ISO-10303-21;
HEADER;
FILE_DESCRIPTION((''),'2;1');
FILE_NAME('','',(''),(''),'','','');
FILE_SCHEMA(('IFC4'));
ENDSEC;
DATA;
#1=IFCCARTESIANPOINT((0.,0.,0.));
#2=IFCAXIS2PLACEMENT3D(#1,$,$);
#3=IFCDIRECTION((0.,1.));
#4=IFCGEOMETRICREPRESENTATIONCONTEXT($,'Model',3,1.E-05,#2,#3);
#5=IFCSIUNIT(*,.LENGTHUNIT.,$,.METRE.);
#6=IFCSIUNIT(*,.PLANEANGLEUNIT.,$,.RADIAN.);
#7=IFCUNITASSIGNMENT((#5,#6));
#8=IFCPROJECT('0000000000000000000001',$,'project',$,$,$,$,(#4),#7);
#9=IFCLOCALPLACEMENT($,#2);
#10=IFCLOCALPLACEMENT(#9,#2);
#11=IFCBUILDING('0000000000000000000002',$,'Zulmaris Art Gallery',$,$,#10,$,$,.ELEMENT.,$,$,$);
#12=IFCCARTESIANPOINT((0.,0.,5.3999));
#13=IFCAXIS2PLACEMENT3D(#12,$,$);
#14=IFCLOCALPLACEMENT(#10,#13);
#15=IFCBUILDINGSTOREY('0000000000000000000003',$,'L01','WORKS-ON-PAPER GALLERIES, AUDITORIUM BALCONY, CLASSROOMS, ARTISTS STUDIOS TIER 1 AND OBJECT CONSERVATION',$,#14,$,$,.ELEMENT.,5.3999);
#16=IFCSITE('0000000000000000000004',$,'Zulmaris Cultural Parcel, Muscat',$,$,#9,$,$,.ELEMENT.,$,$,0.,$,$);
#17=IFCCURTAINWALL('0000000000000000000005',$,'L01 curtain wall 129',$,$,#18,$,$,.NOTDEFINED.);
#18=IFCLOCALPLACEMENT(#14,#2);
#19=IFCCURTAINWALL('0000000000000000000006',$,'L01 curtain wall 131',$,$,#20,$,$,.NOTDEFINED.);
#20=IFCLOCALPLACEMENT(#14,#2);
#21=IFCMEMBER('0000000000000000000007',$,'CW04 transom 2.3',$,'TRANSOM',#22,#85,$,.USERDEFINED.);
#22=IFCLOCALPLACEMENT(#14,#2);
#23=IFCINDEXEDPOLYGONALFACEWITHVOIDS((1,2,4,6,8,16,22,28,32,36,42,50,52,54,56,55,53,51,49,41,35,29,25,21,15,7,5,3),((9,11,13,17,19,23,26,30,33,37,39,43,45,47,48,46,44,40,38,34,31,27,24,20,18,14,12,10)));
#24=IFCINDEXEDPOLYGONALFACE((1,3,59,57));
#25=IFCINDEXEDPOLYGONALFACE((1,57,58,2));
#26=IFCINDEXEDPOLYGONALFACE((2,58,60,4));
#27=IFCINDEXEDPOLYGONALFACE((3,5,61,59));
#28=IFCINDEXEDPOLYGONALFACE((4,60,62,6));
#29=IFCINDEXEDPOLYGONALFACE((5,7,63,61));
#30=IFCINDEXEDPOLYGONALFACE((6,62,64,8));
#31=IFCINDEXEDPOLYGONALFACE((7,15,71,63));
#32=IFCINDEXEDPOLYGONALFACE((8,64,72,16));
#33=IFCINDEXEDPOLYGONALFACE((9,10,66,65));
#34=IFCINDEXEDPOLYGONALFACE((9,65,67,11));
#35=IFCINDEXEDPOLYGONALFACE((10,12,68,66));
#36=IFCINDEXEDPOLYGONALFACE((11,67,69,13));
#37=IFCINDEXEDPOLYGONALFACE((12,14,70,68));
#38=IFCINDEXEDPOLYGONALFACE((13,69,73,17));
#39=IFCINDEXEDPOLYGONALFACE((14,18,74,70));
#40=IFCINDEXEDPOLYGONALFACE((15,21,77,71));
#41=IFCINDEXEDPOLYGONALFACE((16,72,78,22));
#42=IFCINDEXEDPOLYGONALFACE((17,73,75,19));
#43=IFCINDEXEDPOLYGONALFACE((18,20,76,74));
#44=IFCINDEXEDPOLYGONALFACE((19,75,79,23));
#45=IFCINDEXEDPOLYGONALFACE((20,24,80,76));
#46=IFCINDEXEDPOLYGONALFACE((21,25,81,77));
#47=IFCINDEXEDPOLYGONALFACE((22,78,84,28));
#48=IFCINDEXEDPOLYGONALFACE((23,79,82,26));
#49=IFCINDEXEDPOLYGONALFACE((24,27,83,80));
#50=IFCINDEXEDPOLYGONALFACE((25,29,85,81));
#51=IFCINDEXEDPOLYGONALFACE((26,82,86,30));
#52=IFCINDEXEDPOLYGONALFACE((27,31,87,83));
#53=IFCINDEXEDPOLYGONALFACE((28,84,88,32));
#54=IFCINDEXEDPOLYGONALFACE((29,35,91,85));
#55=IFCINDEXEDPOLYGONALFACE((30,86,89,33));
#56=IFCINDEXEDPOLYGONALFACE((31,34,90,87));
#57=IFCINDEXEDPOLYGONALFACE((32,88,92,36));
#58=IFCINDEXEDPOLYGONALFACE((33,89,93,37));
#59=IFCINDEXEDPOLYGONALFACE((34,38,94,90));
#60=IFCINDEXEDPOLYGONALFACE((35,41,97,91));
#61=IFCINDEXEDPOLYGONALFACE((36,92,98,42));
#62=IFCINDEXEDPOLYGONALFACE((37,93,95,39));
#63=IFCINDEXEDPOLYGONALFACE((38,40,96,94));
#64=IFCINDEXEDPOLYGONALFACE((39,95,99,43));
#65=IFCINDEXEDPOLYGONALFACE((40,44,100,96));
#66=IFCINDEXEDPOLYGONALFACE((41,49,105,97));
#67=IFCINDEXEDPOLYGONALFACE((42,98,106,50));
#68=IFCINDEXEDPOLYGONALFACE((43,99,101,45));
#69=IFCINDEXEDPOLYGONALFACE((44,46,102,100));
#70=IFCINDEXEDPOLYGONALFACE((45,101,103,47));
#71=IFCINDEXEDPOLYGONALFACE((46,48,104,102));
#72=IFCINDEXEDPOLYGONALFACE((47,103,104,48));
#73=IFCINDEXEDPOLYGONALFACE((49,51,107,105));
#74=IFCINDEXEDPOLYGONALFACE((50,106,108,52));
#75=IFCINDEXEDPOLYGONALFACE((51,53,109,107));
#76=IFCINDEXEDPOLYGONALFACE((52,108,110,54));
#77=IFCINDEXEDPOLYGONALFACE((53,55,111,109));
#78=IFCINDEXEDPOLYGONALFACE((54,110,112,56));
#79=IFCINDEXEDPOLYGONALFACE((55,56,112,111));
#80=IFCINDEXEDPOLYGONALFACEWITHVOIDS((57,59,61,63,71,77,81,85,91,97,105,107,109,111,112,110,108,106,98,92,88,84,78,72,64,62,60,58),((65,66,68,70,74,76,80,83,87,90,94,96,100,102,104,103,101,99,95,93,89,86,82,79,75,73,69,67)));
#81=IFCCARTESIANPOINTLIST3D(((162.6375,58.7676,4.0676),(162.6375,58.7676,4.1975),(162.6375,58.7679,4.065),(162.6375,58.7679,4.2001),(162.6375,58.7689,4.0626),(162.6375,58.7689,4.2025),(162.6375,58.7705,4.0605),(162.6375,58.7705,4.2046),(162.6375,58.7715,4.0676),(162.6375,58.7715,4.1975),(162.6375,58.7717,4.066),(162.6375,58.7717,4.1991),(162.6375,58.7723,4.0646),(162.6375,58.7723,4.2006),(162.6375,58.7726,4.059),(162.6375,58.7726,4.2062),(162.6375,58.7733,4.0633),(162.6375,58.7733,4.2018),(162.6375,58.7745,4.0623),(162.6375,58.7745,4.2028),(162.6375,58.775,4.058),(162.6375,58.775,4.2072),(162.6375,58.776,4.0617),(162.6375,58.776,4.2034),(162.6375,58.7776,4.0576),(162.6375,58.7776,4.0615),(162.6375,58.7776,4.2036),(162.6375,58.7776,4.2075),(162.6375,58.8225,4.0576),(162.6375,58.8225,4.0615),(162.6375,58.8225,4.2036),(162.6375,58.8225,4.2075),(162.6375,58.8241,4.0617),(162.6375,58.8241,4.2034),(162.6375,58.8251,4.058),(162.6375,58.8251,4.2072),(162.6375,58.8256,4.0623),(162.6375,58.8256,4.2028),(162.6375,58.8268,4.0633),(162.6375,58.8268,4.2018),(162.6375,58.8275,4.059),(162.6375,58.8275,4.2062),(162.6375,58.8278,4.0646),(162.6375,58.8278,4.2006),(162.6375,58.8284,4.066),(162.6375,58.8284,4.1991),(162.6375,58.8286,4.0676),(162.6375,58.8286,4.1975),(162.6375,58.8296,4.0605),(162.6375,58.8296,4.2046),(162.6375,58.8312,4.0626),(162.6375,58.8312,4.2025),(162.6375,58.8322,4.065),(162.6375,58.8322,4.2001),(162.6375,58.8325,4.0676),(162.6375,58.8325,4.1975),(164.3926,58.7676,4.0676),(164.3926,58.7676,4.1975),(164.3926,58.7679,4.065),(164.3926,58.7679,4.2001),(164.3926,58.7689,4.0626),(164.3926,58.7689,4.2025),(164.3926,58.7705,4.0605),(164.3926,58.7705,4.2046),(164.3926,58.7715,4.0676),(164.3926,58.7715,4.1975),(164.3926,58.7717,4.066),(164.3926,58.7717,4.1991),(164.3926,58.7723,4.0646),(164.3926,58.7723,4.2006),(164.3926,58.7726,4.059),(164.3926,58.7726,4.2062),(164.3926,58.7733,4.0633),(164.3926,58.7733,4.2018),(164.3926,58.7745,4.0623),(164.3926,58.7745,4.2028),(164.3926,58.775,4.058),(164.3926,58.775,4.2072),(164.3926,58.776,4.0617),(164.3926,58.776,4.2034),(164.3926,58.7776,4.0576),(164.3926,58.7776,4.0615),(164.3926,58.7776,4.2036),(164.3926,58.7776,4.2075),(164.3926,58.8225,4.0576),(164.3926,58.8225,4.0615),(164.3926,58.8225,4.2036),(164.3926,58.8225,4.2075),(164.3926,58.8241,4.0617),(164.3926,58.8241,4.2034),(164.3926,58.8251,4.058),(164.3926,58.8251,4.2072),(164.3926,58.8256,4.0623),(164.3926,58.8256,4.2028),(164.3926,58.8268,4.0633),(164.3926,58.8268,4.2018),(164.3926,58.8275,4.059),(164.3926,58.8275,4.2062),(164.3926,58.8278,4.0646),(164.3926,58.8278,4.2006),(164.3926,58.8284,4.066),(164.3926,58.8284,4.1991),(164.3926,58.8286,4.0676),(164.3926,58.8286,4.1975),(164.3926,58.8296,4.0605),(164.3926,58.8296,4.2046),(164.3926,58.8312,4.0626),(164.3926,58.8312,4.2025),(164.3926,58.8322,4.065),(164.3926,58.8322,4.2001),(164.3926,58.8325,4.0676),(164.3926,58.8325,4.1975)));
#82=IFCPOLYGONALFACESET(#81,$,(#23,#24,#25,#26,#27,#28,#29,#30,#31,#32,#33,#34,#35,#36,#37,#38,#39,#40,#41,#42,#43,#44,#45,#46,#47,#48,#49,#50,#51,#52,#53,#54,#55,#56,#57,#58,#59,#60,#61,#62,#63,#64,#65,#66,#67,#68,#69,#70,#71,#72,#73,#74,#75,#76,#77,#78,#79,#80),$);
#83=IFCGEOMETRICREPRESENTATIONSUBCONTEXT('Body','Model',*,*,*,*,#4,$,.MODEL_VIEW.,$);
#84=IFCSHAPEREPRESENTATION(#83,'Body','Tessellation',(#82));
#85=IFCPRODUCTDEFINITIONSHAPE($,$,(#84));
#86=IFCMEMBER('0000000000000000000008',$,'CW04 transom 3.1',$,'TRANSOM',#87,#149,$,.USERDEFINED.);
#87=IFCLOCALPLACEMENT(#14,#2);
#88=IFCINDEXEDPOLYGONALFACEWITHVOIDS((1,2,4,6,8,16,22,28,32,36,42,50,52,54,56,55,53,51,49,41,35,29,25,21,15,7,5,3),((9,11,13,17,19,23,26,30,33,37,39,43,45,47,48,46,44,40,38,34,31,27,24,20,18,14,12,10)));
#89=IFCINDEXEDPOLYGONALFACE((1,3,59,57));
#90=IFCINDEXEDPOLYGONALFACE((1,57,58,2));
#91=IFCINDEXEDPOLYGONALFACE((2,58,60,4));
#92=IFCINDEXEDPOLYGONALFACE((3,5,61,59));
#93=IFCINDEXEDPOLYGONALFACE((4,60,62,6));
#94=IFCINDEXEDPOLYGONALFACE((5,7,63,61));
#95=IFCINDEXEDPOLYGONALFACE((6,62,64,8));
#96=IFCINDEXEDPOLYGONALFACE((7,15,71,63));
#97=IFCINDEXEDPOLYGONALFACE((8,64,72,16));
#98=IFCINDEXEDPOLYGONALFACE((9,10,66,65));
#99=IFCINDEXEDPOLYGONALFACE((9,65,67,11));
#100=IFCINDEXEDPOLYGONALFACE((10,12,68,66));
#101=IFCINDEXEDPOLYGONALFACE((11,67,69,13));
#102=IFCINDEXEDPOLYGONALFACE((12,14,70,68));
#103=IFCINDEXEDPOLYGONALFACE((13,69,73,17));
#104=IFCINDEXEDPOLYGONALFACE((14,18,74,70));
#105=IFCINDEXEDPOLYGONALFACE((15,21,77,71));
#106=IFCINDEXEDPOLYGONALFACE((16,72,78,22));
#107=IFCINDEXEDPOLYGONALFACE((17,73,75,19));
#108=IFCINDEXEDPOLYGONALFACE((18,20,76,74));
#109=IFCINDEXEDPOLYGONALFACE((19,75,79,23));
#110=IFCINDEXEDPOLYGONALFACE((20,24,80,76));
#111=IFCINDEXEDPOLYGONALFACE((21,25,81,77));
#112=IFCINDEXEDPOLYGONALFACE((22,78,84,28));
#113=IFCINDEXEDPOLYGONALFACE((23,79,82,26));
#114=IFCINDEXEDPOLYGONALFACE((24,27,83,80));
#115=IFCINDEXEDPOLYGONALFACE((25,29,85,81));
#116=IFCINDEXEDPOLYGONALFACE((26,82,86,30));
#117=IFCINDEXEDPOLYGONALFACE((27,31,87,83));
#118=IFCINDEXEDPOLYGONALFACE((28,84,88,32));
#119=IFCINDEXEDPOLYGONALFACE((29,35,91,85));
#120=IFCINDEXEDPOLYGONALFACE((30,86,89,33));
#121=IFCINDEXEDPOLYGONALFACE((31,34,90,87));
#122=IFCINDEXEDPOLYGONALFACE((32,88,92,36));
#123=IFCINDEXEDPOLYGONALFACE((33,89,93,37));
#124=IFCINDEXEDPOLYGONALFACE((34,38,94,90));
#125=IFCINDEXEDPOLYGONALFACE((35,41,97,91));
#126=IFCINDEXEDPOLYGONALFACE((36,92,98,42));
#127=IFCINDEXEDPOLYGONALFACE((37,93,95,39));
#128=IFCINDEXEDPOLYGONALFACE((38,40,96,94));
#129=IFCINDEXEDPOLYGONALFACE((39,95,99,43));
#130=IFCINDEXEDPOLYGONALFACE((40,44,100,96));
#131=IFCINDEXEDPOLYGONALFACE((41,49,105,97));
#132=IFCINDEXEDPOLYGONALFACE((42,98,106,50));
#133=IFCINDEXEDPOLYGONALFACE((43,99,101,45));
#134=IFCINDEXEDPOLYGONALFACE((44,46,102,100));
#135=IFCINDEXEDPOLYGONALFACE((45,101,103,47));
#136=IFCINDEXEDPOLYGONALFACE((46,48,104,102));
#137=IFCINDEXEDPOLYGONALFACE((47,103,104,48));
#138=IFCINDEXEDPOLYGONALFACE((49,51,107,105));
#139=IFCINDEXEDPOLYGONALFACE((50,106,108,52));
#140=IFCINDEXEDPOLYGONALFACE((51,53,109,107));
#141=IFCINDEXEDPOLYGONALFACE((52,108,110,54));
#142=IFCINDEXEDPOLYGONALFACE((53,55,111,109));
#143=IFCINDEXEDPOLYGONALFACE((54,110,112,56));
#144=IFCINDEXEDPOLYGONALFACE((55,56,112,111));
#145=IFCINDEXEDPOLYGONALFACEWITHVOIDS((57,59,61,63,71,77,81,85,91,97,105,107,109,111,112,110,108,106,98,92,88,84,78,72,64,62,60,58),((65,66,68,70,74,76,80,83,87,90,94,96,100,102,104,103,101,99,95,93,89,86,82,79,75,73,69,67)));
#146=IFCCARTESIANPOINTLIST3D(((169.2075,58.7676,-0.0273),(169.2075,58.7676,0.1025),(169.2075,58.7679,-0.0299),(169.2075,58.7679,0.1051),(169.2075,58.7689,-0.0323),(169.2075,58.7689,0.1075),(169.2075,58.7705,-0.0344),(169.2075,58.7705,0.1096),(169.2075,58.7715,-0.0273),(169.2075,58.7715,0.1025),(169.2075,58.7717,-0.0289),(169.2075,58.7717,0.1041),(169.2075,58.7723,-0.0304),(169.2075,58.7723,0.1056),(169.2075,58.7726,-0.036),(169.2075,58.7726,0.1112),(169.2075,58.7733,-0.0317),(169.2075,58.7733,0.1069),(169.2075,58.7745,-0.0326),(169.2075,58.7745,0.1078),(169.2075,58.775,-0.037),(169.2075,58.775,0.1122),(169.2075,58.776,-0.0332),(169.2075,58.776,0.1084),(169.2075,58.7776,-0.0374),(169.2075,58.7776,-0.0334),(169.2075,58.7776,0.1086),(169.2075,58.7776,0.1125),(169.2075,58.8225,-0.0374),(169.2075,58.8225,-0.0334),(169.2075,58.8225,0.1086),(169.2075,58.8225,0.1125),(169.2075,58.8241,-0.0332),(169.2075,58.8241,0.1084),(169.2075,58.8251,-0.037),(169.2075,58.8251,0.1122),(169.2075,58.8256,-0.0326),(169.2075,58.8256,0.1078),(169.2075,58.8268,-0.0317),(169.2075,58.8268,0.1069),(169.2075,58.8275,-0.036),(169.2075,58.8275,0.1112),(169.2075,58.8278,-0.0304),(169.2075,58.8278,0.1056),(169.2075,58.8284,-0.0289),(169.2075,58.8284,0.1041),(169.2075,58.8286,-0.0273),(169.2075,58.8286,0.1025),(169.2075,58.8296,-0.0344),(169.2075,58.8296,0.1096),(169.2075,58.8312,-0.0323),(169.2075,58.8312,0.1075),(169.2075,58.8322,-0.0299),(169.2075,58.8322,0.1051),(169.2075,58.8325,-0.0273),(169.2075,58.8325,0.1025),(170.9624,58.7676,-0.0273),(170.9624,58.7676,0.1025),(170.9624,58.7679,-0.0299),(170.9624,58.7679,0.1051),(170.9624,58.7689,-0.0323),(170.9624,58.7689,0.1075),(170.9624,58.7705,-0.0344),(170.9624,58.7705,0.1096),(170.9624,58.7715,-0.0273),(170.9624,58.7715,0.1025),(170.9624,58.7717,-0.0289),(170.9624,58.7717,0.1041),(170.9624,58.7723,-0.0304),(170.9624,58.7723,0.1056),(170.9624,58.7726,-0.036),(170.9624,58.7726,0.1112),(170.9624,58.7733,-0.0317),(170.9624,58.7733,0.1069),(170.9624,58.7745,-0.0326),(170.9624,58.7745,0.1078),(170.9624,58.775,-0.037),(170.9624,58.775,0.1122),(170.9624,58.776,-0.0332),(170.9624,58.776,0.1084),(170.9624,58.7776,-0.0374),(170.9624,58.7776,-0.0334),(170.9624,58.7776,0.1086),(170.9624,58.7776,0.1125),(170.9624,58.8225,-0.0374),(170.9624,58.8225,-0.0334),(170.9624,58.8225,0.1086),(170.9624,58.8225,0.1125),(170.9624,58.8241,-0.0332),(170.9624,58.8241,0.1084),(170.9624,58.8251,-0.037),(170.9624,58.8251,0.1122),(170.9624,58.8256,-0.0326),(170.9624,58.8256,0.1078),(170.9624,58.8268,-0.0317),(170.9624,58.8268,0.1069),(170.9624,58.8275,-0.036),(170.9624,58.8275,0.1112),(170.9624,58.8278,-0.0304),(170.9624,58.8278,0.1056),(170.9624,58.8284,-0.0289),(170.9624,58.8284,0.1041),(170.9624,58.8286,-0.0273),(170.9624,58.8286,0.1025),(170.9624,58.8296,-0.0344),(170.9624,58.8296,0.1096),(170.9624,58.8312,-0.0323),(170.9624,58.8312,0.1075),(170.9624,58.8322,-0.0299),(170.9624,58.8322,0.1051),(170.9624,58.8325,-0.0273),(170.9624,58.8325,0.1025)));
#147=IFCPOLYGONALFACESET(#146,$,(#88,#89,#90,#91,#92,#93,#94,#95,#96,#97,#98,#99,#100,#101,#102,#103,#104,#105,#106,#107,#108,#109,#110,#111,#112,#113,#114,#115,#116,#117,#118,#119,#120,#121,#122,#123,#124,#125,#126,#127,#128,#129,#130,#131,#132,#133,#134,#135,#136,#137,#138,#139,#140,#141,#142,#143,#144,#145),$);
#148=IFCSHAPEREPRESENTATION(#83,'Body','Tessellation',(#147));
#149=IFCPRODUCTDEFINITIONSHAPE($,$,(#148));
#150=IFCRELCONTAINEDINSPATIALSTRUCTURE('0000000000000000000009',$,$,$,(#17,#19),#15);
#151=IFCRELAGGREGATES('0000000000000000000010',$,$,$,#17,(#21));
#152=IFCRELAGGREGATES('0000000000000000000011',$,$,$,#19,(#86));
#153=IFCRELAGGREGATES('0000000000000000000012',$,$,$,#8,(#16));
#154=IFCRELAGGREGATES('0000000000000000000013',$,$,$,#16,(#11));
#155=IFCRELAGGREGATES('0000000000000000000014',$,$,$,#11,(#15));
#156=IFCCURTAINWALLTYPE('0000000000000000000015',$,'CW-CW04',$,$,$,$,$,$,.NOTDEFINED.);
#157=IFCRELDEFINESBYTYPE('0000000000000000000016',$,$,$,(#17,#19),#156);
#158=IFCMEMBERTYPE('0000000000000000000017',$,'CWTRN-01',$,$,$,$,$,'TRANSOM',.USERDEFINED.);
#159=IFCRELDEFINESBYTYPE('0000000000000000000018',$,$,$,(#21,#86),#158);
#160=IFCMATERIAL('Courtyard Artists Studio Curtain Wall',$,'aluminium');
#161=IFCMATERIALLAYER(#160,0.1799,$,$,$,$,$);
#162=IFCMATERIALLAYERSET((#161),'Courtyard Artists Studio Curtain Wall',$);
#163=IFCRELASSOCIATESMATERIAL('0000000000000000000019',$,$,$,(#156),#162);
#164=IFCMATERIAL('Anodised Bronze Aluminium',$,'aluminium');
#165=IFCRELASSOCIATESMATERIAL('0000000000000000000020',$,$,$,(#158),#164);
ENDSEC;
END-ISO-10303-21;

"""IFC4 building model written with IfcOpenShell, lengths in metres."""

from ifc_helpers import new_model, si_unit, direction, frame, origin, origin_2d, place, context, subcontext, project, spatial, hollow_rectangle, extrude, material, layer, layer_set, material_profile, profile_set, type_object, element, aggregate, save


model = new_model("IFC4")

# Units and contexts
model_context = context("Model", 3, precision=1e-05, world=origin(), true_north=direction((0.0, 1.0)))
body_context = subcontext(model_context, "Body", "Model", "MODEL_VIEW")
ifc_project = project(units=[si_unit("LENGTHUNIT", "METRE"), si_unit("PLANEANGLEUNIT", "RADIAN")], contexts=[model_context])

# Site, building, storey
site_placement = place(None, origin())
site = spatial("IfcSite", under=ifc_project, at=site_placement, Name="Zulmaris Cultural Parcel, Muscat", CompositionType="ELEMENT", RefElevation=0.0)
building_placement = place(site_placement, origin())
building = spatial("IfcBuilding", under=site, at=building_placement, Name="Zulmaris Art Gallery", CompositionType="ELEMENT")
storey_placement = place(building_placement, frame((0.0, 0.0, 5.3999)))
storey = spatial("IfcBuildingStorey", under=building, at=storey_placement, Name="L01", Description="WORKS-ON-PAPER GALLERIES, AUDITORIUM BALCONY, CLASSROOMS, ARTISTS STUDIOS TIER 1 AND OBJECT CONSERVATION", CompositionType="ELEMENT", Elevation=5.3999)

# Curtain walls
ifc_material_1 = material(Name="Courtyard Artists Studio Curtain Wall", Category="aluminium")
ifc_layer_1 = layer(ifc_material_1, 0.1799)
ifc_layer_set_1 = layer_set([ifc_layer_1], Name="Courtyard Artists Studio Curtain Wall")
curtain_wall_type = type_object("IfcCurtainWallType", Name="CW-CW04", PredefinedType="NOTDEFINED", material=ifc_layer_set_1)
curtain_wall_1_placement = place(storey_placement, origin())
curtain_wall_1 = element("IfcCurtainWall", 1, at=curtain_wall_1_placement, inside=storey, type_object=curtain_wall_type, Name="L01 curtain wall 129", PredefinedType="NOTDEFINED")
ifc_material_2 = material(Name="Anodised Bronze Aluminium", Category="aluminium")
curtain_wall_2_placement = place(storey_placement, origin())
curtain_wall_2 = element("IfcCurtainWall", 2, at=curtain_wall_2_placement, inside=storey, type_object=curtain_wall_type, Name="L01 curtain wall 131", PredefinedType="NOTDEFINED")

# Members
ifc_material_profile_1 = material_profile(ifc_material_2, hollow_rectangle(XDim=0.0649, YDim=0.1499, WallThickness=0.0039, InnerFilletRadius=0.0061, OuterFilletRadius=0.01, at=origin_2d()), Name="ALU 65x150x4")
ifc_profile_set_1 = profile_set([ifc_material_profile_1], Name="Anodised Bronze Aluminium")
member_type_1 = type_object("IfcMemberType", Name="CWTRN-01", ElementType="TRANSOM", PredefinedType="USERDEFINED", material=ifc_profile_set_1)
member_1_placement = place(storey_placement, frame((164.3926, 58.8, 4.1326), z_axis=(-1.0, 0.0, 0.0), x_axis=(0.0, -1.0, 0.0)))
member_1 = element("IfcMember", 3, at=member_1_placement, type_object=member_type_1, Name="CW04 transom 2.3", ObjectType="TRANSOM", PredefinedType="USERDEFINED", context=body_context, shape_type="SweptSolid", body=[
    extrude(hollow_rectangle(XDim=0.0649, YDim=0.1499, WallThickness=0.0039, InnerFilletRadius=0.0061, OuterFilletRadius=0.01, at=origin_2d()), origin(), (0.0, 0.0, 1.0), 1.7551),
])
member_2_placement = place(storey_placement, frame((170.9624, 58.8, 0.0376), z_axis=(-1.0, 0.0, 0.0), x_axis=(0.0, -1.0, 0.0)))
member_2 = element("IfcMember", 4, at=member_2_placement, type_object=member_type_1, Name="CW04 transom 3.1", ObjectType="TRANSOM", PredefinedType="USERDEFINED", context=body_context, shape_type="SweptSolid", body=[
    extrude(hollow_rectangle(XDim=0.0649, YDim=0.1499, WallThickness=0.0039, InnerFilletRadius=0.0061, OuterFilletRadius=0.01, at=origin_2d()), origin(), (0.0, 0.0, 1.0), 1.7549),
])

aggregate(curtain_wall_1, [member_1])
aggregate(curtain_wall_2, [member_2])

save(model, "model.ifc")
